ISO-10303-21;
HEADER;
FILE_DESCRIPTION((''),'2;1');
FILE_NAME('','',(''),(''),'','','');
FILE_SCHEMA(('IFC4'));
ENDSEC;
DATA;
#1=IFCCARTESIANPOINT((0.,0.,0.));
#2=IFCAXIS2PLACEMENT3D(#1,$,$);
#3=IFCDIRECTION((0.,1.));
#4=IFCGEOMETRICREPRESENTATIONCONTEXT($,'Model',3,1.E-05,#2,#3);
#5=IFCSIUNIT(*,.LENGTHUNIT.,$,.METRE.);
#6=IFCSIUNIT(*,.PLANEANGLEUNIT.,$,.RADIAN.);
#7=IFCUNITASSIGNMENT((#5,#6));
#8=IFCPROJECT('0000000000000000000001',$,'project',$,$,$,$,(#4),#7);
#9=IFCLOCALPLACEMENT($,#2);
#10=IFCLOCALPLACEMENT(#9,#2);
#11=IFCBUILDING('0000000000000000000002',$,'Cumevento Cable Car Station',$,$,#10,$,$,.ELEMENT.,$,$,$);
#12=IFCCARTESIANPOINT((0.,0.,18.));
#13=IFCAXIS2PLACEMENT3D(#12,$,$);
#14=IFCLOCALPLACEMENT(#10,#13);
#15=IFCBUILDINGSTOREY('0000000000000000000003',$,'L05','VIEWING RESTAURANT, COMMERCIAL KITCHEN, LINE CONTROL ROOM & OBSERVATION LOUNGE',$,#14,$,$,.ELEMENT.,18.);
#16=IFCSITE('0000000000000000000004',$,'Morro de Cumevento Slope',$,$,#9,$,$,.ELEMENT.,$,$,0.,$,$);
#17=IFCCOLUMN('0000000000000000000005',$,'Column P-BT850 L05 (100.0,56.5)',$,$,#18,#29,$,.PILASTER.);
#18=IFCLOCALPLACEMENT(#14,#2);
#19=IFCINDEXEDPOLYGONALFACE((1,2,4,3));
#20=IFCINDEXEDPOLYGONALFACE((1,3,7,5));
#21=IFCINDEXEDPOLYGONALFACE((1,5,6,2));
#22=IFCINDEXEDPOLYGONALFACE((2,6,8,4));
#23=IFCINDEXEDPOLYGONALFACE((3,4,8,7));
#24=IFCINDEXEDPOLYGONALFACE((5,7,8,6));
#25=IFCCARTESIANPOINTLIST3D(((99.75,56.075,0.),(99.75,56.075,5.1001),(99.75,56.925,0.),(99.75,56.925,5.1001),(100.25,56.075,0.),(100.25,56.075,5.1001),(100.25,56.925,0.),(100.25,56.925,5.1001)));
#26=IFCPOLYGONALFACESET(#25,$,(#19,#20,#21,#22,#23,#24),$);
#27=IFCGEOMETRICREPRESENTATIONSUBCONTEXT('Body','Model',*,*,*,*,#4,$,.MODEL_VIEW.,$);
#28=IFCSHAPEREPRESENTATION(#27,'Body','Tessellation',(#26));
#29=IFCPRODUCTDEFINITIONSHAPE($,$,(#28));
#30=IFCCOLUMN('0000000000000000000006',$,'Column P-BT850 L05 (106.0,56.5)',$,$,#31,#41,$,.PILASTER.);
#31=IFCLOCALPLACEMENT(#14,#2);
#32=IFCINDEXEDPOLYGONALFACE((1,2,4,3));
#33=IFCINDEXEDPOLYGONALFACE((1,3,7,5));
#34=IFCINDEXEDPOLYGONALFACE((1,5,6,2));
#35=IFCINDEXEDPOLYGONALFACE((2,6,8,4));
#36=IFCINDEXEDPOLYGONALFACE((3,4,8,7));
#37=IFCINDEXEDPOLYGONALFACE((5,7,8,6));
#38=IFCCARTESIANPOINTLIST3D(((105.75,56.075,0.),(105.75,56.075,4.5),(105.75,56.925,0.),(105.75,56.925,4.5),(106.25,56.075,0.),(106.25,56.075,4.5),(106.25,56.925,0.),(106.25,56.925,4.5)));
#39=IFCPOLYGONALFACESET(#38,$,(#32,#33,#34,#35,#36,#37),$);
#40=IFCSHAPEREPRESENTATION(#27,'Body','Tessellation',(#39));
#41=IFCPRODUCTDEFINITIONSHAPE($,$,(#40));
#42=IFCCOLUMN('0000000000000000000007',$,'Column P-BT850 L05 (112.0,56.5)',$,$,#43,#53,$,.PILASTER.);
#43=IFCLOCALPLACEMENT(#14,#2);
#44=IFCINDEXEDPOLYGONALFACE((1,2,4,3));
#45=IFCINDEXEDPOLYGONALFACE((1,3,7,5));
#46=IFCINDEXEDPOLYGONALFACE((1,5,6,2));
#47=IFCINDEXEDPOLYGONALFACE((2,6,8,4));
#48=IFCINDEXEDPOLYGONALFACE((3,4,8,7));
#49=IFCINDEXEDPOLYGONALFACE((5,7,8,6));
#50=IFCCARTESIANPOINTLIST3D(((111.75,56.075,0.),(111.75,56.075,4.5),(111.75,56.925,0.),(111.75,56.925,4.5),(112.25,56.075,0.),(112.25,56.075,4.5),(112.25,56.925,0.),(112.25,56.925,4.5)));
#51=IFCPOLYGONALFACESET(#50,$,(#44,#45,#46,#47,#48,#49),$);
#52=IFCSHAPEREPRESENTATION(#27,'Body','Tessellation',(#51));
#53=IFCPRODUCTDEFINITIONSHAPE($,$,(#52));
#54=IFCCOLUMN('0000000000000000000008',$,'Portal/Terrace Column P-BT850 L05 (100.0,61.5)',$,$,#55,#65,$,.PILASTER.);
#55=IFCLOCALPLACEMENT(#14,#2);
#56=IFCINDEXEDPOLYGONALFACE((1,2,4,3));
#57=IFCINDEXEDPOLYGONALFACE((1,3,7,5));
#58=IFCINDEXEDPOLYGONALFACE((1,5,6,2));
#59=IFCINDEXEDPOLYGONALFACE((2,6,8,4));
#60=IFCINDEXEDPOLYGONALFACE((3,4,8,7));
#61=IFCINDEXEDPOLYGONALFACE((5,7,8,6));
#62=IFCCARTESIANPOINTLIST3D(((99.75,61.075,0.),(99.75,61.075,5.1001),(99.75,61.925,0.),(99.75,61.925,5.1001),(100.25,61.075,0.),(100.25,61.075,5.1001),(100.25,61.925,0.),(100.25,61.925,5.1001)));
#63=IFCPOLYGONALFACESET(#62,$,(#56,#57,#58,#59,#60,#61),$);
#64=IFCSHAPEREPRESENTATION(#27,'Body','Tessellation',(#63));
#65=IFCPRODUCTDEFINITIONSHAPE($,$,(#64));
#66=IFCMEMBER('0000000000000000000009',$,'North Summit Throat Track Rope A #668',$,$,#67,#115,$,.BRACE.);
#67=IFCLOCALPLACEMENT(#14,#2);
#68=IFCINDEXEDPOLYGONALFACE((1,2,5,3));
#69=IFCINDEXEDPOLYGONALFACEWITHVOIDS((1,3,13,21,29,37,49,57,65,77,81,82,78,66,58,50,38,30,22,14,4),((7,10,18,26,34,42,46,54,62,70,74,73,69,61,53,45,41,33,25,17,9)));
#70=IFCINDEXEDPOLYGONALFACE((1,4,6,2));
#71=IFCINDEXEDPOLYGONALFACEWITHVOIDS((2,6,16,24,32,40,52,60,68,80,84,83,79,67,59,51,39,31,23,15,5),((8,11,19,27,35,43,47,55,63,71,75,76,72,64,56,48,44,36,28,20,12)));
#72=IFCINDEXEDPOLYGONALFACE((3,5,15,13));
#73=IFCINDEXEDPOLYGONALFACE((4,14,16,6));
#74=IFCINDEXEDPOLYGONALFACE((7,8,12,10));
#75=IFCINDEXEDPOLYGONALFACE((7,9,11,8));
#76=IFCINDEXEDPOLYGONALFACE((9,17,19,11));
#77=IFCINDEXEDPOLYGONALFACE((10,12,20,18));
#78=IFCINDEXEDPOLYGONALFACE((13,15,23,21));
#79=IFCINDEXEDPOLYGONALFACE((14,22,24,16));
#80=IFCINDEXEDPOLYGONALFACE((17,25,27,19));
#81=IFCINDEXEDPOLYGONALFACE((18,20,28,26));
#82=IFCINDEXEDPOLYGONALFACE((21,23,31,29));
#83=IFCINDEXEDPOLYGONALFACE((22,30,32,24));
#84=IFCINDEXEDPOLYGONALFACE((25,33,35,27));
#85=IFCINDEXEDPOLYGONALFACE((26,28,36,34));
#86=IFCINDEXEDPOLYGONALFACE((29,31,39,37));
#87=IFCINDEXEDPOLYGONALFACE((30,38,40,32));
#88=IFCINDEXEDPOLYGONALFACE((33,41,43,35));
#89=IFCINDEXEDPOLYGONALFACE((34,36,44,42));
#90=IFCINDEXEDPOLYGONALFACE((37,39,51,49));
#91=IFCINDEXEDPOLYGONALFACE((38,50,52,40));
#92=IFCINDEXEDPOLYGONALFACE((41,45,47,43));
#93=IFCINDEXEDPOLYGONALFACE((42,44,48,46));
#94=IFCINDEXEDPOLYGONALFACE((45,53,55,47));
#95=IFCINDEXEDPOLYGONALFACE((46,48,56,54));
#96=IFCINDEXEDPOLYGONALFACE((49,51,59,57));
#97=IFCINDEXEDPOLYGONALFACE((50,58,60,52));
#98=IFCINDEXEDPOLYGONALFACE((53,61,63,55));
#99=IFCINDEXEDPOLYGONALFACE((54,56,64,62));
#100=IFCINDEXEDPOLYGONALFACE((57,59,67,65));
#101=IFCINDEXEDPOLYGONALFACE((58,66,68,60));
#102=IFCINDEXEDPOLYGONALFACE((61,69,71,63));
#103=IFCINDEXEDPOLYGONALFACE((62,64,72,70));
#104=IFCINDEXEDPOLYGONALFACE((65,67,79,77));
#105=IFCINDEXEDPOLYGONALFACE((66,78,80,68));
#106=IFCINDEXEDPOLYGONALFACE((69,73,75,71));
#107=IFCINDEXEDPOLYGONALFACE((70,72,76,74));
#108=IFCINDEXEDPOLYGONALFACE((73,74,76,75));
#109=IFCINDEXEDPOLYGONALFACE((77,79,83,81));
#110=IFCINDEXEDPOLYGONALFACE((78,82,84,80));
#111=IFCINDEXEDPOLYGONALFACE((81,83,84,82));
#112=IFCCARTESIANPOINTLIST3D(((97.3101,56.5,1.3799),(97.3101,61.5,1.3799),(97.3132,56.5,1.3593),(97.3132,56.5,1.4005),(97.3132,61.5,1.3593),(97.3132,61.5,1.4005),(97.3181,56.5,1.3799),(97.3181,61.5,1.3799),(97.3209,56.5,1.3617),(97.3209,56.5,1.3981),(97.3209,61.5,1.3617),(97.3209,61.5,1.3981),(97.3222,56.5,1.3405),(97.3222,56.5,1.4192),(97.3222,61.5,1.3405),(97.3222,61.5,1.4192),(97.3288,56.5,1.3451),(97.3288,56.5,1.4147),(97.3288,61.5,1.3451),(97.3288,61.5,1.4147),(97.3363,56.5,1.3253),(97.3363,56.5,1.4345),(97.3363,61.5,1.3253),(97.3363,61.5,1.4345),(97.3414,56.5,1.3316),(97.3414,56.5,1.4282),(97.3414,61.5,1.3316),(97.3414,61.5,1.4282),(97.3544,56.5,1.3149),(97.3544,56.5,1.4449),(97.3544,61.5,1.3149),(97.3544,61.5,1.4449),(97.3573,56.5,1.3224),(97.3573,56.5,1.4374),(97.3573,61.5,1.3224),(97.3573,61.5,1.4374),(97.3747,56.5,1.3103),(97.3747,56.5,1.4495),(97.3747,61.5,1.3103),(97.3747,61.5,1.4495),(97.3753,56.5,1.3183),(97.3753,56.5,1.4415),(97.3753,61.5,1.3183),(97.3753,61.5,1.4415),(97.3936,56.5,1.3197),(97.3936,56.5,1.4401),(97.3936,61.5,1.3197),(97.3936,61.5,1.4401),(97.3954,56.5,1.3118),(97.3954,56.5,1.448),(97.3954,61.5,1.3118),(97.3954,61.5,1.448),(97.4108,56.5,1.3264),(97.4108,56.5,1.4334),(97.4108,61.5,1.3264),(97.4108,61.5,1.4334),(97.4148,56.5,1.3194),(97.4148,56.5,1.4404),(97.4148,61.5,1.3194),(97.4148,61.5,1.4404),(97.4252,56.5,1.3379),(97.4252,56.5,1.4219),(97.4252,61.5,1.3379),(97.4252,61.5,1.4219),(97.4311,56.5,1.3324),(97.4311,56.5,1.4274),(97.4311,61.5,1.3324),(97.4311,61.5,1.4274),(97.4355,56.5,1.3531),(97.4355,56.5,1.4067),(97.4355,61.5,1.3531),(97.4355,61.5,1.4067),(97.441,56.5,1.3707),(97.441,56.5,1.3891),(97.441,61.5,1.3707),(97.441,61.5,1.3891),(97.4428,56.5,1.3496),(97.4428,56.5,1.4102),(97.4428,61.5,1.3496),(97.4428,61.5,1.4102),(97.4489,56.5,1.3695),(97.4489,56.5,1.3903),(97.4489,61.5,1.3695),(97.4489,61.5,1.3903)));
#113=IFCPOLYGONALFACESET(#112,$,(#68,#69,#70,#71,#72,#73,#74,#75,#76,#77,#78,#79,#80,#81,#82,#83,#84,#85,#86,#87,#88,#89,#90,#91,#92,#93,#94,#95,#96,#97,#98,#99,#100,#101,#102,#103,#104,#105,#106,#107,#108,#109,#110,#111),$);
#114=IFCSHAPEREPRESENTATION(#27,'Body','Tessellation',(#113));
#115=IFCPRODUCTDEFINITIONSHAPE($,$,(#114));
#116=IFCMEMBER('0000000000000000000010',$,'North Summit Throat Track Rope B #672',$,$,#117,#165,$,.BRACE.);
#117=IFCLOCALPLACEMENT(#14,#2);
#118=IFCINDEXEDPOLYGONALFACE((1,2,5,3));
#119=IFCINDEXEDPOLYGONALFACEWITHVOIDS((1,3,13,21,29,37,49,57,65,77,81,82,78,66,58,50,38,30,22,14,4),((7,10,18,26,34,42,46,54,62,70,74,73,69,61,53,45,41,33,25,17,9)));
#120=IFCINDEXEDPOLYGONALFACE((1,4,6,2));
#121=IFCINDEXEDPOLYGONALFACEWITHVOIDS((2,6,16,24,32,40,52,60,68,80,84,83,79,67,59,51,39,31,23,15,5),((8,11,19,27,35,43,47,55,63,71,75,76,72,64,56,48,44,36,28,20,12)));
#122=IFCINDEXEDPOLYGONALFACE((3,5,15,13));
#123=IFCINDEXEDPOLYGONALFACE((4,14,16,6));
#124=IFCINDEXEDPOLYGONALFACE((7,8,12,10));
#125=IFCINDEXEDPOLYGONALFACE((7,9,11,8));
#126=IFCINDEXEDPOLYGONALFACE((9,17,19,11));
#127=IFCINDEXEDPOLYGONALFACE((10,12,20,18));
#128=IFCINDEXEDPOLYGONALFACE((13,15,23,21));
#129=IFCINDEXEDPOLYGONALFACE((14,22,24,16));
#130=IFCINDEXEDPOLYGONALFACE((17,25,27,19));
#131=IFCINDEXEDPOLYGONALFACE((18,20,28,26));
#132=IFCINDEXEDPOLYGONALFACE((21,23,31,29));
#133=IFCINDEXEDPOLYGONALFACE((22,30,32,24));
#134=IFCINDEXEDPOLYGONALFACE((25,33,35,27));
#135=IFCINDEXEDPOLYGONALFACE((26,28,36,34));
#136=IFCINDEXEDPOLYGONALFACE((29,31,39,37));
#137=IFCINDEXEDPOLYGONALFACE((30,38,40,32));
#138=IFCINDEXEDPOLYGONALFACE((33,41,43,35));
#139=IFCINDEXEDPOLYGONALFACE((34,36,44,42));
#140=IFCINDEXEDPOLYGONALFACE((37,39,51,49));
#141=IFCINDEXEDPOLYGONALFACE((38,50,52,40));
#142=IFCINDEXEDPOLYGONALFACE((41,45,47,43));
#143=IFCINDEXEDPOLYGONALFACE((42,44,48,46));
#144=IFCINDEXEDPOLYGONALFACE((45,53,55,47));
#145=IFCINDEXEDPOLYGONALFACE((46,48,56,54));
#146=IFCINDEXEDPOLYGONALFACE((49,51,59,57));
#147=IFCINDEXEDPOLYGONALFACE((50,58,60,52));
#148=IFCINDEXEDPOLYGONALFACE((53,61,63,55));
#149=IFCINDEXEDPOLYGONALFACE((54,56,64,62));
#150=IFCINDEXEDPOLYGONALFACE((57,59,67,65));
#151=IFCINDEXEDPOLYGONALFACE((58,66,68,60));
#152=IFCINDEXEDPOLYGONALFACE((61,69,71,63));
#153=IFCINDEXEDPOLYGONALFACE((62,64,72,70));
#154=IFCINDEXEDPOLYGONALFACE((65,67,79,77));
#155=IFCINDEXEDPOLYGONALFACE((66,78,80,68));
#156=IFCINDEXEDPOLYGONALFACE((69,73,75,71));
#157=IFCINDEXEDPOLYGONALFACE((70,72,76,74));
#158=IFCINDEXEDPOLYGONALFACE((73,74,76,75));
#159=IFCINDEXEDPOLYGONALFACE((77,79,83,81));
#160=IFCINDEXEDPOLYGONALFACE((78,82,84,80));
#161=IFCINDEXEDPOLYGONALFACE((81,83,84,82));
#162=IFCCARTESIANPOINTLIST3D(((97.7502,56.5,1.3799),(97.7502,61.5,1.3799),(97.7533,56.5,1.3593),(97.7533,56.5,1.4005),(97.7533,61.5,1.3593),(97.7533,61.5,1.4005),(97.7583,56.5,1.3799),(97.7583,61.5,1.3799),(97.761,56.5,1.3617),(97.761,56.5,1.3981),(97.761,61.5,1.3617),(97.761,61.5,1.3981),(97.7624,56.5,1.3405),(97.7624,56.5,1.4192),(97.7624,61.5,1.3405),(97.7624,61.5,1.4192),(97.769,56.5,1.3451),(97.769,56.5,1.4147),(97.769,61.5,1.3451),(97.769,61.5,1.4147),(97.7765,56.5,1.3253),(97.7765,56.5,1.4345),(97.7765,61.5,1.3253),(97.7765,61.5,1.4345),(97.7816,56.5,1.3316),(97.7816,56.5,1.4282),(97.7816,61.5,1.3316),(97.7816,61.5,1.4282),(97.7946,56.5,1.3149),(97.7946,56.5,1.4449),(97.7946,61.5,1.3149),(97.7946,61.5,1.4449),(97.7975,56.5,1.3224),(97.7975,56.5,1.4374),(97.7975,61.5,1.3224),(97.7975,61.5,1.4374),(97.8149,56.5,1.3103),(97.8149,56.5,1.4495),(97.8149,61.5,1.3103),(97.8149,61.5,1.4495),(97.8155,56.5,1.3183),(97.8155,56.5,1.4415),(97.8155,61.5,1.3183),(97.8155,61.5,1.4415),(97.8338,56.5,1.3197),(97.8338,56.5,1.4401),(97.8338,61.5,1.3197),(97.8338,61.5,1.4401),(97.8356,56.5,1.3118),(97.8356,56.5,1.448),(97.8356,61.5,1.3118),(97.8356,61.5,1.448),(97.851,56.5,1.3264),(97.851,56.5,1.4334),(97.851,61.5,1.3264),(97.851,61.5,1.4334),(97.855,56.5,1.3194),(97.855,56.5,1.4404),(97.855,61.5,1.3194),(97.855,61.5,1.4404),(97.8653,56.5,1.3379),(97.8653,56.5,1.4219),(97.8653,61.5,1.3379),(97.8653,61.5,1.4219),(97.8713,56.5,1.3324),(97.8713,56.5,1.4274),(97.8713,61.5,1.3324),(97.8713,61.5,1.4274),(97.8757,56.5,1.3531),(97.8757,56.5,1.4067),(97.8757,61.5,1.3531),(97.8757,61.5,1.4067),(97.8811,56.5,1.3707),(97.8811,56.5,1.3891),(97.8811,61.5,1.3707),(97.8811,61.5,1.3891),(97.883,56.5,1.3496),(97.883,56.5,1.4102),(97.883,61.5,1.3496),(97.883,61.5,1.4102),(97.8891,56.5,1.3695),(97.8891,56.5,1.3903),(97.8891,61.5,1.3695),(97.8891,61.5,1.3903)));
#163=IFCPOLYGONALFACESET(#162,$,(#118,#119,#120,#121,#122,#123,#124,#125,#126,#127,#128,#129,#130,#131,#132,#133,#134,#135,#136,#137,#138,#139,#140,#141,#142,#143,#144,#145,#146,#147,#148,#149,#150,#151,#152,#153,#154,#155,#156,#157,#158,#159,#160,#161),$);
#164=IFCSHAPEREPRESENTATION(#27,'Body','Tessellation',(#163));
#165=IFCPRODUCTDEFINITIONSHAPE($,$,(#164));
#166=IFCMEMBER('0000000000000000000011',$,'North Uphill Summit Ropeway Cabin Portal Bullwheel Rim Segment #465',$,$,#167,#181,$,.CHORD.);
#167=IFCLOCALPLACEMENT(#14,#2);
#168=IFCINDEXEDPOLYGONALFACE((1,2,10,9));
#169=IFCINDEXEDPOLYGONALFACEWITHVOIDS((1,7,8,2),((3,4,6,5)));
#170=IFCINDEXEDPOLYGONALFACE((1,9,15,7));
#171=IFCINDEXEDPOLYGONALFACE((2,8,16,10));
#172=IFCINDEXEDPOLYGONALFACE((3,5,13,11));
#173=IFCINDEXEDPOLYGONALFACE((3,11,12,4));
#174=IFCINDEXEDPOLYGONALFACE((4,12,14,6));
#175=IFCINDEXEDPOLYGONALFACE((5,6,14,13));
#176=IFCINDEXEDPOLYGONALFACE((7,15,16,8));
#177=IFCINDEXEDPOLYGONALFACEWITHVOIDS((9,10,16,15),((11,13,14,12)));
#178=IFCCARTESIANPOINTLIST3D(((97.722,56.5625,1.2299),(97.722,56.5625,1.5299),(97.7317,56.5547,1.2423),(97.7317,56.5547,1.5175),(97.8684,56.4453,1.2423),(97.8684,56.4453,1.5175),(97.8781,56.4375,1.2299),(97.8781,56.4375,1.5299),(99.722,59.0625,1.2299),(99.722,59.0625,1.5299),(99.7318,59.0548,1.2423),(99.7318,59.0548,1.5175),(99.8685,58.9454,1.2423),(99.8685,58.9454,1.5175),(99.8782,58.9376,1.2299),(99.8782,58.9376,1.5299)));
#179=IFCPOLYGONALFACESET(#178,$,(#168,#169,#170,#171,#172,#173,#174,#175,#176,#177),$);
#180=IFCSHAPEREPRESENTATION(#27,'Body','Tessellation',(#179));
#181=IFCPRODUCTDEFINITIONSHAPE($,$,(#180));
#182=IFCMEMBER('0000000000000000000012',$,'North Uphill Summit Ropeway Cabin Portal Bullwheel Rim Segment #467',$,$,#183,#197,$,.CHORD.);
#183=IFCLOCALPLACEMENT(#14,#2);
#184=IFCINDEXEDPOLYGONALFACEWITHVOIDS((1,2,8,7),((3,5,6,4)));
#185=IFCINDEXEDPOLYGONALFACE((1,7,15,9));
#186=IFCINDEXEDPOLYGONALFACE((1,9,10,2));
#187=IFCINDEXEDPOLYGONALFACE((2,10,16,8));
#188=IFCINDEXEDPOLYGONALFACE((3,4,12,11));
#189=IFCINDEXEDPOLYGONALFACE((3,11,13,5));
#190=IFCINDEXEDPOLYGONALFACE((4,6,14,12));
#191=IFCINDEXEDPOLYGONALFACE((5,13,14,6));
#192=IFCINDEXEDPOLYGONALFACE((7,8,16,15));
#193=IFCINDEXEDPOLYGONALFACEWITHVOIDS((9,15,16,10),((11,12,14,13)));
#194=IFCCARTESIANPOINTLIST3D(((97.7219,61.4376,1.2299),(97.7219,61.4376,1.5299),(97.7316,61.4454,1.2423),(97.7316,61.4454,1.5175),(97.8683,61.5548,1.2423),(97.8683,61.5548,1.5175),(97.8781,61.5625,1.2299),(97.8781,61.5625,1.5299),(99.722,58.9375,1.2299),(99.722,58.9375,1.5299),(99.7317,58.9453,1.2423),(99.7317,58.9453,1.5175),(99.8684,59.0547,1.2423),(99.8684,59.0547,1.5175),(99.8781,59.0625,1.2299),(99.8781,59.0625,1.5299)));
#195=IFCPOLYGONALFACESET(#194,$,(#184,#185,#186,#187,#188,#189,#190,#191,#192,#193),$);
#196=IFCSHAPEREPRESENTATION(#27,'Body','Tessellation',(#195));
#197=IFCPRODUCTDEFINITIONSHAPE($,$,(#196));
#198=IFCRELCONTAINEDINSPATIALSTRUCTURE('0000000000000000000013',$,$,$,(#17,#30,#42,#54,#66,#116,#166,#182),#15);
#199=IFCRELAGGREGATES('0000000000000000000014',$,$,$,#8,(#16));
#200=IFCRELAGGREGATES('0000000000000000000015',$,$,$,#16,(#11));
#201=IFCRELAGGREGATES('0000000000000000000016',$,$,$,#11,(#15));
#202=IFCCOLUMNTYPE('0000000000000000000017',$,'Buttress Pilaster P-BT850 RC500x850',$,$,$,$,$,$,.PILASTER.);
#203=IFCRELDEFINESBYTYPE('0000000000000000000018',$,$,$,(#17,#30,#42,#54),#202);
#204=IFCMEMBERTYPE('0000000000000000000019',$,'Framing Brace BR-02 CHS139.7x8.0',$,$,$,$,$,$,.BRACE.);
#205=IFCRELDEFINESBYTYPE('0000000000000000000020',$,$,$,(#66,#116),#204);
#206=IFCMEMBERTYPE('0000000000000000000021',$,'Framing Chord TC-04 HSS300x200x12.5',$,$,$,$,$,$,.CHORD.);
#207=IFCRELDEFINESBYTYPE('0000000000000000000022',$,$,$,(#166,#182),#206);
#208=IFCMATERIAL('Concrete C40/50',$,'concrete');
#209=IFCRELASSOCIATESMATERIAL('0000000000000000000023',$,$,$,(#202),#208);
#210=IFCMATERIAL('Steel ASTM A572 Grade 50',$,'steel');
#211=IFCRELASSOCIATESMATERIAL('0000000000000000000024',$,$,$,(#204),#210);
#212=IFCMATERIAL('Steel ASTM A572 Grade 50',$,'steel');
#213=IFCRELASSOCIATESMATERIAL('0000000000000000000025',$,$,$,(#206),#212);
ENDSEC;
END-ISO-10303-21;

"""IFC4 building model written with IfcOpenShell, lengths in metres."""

from ifc_helpers import new_model, si_unit, direction, frame, origin, origin_2d, place, context, subcontext, project, spatial, rectangle, hollow_rectangle, hollow_circle, extrude, material, material_profile, profile_set, type_object, element, save


model = new_model("IFC4")

# Units and contexts
model_context = context("Model", 3, precision=1e-05, world=origin(), true_north=direction((0.0, 1.0)))
body_context = subcontext(model_context, "Body", "Model", "MODEL_VIEW")
ifc_project = project(units=[si_unit("LENGTHUNIT", "METRE"), si_unit("PLANEANGLEUNIT", "RADIAN")], contexts=[model_context])

# Site, building, storey
site_placement = place(None, origin())
site = spatial("IfcSite", under=ifc_project, at=site_placement, Name="Morro de Cumevento Slope", CompositionType="ELEMENT", RefElevation=0.0)
building_placement = place(site_placement, origin())
building = spatial("IfcBuilding", under=site, at=building_placement, Name="Cumevento Cable Car Station", CompositionType="ELEMENT")
storey_placement = place(building_placement, frame((0.0, 0.0, 18.0)))
storey = spatial("IfcBuildingStorey", under=building, at=storey_placement, Name="L05", Description="VIEWING RESTAURANT, COMMERCIAL KITCHEN, LINE CONTROL ROOM & OBSERVATION LOUNGE", CompositionType="ELEMENT", Elevation=18.0)

# Columns
ifc_material_1 = material(Name="Concrete C40/50", Category="concrete")
ifc_material_profile_1 = material_profile(ifc_material_1, rectangle(XDim=0.5, YDim=0.8501, at=origin_2d()), Name="RC500x850")
ifc_profile_set_1 = profile_set([ifc_material_profile_1], Name="Concrete C40/50")
column_type = type_object("IfcColumnType", Name="Buttress Pilaster P-BT850 RC500x850", PredefinedType="PILASTER", material=ifc_profile_set_1)
column_1_placement = place(storey_placement, frame((100.0, 56.5, 0.0), z_axis=(0.0, 0.0, 1.0), x_axis=(1.0, 0.0, 0.0)))
element("IfcColumn", 1, at=column_1_placement, inside=storey, type_object=column_type, Name="Column P-BT850 L05 (100.0,56.5)", PredefinedType="PILASTER", context=body_context, shape_type="SweptSolid", body=[
    extrude(rectangle(XDim=0.5, YDim=0.8501, at=origin_2d()), origin(), (0.0, 0.0, 1.0), 5.1001),
])
for number, where, z_axis, x_axis, name in (
    (2, (106.0, 56.5, 0.0), (0.0, 0.0, 1.0), (1.0, 0.0, 0.0), "Column P-BT850 L05 (106.0,56.5)"),
    (3, (112.0, 56.5, 0.0), (0.0, 0.0, 1.0), (1.0, 0.0, 0.0), "Column P-BT850 L05 (112.0,56.5)"),
):
    element("IfcColumn", number, at=place(storey_placement, frame(where, z_axis=z_axis, x_axis=x_axis)), inside=storey, type_object=column_type, Name=name, PredefinedType="PILASTER", context=body_context, shape_type="SweptSolid", body=[
        extrude(rectangle(XDim=0.5, YDim=0.8501, at=origin_2d()), origin(), (0.0, 0.0, 1.0), 4.5),
    ])
column_2_placement = place(storey_placement, frame((100.0, 61.5, 0.0), z_axis=(0.0, 0.0, 1.0), x_axis=(1.0, 0.0, 0.0)))
element("IfcColumn", 4, at=column_2_placement, inside=storey, type_object=column_type, Name="Portal/Terrace Column P-BT850 L05 (100.0,61.5)", PredefinedType="PILASTER", context=body_context, shape_type="SweptSolid", body=[
    extrude(rectangle(XDim=0.5, YDim=0.8501, at=origin_2d()), origin(), (0.0, 0.0, 1.0), 5.1001),
])

# Members
ifc_material_2 = material(Name="Steel ASTM A572 Grade 50", Category="steel")
ifc_material_profile_2 = material_profile(ifc_material_2, hollow_circle(Radius=0.0698, WallThickness=0.0081, at=origin_2d()), Name="CHS139.7x8.0")
ifc_profile_set_2 = profile_set([ifc_material_profile_2], Name="Steel ASTM A572 Grade 50")
member_type_1 = type_object("IfcMemberType", Name="Framing Brace BR-02 CHS139.7x8.0", PredefinedType="BRACE", material=ifc_profile_set_2)
for number, where, z_axis, x_axis, name in (
    (5, (97.3799, 56.5, 1.3799), (0.0, 1.0, 0.0), (-1.0, 0.0, 0.0), "North Summit Throat Track Rope A #668"),
    (6, (97.8201, 56.5, 1.3799), (0.0, 1.0, 0.0), (-1.0, 0.0, 0.0), "North Summit Throat Track Rope B #672"),
):
    element("IfcMember", number, at=place(storey_placement, frame(where, z_axis=z_axis, x_axis=x_axis)), inside=storey, type_object=member_type_1, Name=name, PredefinedType="BRACE", context=body_context, shape_type="SweptSolid", body=[
        extrude(hollow_circle(Radius=0.0698, WallThickness=0.0081, at=origin_2d()), origin(), (0.0, 0.0, 1.0), 5.0),
    ])
ifc_material_3 = material(Name="Steel ASTM A572 Grade 50", Category="steel")
ifc_material_profile_3 = material_profile(ifc_material_3, hollow_rectangle(XDim=0.2, YDim=0.3, WallThickness=0.0125, at=origin_2d()), Name="HSS300x200x12.5")
ifc_profile_set_3 = profile_set([ifc_material_profile_3], Name="Steel ASTM A572 Grade 50")
member_type_2 = type_object("IfcMemberType", Name="Framing Chord TC-04 HSS300x200x12.5", PredefinedType="CHORD", material=ifc_profile_set_3)
for number, where, z_axis, x_axis, name in (
    (7, (97.8, 56.5, 1.3799), (0.624695, 0.780869, 0.0), (-0.780869, 0.624695, 0.0), "North Uphill Summit Ropeway Cabin Portal Bullwheel Rim Segment #465"),
    (8, (99.8, 59.0, 1.3799), (-0.624695, 0.780869, 0.0), (-0.780869, -0.624695, 0.0), "North Uphill Summit Ropeway Cabin Portal Bullwheel Rim Segment #467"),
):
    element("IfcMember", number, at=place(storey_placement, frame(where, z_axis=z_axis, x_axis=x_axis)), inside=storey, type_object=member_type_2, Name=name, PredefinedType="CHORD", context=body_context, shape_type="SweptSolid", body=[
        extrude(hollow_rectangle(XDim=0.2, YDim=0.3, WallThickness=0.0125, at=origin_2d()), origin(), (0.0, 0.0, 1.0), 3.2017),
    ])

save(model, "model.ifc")
